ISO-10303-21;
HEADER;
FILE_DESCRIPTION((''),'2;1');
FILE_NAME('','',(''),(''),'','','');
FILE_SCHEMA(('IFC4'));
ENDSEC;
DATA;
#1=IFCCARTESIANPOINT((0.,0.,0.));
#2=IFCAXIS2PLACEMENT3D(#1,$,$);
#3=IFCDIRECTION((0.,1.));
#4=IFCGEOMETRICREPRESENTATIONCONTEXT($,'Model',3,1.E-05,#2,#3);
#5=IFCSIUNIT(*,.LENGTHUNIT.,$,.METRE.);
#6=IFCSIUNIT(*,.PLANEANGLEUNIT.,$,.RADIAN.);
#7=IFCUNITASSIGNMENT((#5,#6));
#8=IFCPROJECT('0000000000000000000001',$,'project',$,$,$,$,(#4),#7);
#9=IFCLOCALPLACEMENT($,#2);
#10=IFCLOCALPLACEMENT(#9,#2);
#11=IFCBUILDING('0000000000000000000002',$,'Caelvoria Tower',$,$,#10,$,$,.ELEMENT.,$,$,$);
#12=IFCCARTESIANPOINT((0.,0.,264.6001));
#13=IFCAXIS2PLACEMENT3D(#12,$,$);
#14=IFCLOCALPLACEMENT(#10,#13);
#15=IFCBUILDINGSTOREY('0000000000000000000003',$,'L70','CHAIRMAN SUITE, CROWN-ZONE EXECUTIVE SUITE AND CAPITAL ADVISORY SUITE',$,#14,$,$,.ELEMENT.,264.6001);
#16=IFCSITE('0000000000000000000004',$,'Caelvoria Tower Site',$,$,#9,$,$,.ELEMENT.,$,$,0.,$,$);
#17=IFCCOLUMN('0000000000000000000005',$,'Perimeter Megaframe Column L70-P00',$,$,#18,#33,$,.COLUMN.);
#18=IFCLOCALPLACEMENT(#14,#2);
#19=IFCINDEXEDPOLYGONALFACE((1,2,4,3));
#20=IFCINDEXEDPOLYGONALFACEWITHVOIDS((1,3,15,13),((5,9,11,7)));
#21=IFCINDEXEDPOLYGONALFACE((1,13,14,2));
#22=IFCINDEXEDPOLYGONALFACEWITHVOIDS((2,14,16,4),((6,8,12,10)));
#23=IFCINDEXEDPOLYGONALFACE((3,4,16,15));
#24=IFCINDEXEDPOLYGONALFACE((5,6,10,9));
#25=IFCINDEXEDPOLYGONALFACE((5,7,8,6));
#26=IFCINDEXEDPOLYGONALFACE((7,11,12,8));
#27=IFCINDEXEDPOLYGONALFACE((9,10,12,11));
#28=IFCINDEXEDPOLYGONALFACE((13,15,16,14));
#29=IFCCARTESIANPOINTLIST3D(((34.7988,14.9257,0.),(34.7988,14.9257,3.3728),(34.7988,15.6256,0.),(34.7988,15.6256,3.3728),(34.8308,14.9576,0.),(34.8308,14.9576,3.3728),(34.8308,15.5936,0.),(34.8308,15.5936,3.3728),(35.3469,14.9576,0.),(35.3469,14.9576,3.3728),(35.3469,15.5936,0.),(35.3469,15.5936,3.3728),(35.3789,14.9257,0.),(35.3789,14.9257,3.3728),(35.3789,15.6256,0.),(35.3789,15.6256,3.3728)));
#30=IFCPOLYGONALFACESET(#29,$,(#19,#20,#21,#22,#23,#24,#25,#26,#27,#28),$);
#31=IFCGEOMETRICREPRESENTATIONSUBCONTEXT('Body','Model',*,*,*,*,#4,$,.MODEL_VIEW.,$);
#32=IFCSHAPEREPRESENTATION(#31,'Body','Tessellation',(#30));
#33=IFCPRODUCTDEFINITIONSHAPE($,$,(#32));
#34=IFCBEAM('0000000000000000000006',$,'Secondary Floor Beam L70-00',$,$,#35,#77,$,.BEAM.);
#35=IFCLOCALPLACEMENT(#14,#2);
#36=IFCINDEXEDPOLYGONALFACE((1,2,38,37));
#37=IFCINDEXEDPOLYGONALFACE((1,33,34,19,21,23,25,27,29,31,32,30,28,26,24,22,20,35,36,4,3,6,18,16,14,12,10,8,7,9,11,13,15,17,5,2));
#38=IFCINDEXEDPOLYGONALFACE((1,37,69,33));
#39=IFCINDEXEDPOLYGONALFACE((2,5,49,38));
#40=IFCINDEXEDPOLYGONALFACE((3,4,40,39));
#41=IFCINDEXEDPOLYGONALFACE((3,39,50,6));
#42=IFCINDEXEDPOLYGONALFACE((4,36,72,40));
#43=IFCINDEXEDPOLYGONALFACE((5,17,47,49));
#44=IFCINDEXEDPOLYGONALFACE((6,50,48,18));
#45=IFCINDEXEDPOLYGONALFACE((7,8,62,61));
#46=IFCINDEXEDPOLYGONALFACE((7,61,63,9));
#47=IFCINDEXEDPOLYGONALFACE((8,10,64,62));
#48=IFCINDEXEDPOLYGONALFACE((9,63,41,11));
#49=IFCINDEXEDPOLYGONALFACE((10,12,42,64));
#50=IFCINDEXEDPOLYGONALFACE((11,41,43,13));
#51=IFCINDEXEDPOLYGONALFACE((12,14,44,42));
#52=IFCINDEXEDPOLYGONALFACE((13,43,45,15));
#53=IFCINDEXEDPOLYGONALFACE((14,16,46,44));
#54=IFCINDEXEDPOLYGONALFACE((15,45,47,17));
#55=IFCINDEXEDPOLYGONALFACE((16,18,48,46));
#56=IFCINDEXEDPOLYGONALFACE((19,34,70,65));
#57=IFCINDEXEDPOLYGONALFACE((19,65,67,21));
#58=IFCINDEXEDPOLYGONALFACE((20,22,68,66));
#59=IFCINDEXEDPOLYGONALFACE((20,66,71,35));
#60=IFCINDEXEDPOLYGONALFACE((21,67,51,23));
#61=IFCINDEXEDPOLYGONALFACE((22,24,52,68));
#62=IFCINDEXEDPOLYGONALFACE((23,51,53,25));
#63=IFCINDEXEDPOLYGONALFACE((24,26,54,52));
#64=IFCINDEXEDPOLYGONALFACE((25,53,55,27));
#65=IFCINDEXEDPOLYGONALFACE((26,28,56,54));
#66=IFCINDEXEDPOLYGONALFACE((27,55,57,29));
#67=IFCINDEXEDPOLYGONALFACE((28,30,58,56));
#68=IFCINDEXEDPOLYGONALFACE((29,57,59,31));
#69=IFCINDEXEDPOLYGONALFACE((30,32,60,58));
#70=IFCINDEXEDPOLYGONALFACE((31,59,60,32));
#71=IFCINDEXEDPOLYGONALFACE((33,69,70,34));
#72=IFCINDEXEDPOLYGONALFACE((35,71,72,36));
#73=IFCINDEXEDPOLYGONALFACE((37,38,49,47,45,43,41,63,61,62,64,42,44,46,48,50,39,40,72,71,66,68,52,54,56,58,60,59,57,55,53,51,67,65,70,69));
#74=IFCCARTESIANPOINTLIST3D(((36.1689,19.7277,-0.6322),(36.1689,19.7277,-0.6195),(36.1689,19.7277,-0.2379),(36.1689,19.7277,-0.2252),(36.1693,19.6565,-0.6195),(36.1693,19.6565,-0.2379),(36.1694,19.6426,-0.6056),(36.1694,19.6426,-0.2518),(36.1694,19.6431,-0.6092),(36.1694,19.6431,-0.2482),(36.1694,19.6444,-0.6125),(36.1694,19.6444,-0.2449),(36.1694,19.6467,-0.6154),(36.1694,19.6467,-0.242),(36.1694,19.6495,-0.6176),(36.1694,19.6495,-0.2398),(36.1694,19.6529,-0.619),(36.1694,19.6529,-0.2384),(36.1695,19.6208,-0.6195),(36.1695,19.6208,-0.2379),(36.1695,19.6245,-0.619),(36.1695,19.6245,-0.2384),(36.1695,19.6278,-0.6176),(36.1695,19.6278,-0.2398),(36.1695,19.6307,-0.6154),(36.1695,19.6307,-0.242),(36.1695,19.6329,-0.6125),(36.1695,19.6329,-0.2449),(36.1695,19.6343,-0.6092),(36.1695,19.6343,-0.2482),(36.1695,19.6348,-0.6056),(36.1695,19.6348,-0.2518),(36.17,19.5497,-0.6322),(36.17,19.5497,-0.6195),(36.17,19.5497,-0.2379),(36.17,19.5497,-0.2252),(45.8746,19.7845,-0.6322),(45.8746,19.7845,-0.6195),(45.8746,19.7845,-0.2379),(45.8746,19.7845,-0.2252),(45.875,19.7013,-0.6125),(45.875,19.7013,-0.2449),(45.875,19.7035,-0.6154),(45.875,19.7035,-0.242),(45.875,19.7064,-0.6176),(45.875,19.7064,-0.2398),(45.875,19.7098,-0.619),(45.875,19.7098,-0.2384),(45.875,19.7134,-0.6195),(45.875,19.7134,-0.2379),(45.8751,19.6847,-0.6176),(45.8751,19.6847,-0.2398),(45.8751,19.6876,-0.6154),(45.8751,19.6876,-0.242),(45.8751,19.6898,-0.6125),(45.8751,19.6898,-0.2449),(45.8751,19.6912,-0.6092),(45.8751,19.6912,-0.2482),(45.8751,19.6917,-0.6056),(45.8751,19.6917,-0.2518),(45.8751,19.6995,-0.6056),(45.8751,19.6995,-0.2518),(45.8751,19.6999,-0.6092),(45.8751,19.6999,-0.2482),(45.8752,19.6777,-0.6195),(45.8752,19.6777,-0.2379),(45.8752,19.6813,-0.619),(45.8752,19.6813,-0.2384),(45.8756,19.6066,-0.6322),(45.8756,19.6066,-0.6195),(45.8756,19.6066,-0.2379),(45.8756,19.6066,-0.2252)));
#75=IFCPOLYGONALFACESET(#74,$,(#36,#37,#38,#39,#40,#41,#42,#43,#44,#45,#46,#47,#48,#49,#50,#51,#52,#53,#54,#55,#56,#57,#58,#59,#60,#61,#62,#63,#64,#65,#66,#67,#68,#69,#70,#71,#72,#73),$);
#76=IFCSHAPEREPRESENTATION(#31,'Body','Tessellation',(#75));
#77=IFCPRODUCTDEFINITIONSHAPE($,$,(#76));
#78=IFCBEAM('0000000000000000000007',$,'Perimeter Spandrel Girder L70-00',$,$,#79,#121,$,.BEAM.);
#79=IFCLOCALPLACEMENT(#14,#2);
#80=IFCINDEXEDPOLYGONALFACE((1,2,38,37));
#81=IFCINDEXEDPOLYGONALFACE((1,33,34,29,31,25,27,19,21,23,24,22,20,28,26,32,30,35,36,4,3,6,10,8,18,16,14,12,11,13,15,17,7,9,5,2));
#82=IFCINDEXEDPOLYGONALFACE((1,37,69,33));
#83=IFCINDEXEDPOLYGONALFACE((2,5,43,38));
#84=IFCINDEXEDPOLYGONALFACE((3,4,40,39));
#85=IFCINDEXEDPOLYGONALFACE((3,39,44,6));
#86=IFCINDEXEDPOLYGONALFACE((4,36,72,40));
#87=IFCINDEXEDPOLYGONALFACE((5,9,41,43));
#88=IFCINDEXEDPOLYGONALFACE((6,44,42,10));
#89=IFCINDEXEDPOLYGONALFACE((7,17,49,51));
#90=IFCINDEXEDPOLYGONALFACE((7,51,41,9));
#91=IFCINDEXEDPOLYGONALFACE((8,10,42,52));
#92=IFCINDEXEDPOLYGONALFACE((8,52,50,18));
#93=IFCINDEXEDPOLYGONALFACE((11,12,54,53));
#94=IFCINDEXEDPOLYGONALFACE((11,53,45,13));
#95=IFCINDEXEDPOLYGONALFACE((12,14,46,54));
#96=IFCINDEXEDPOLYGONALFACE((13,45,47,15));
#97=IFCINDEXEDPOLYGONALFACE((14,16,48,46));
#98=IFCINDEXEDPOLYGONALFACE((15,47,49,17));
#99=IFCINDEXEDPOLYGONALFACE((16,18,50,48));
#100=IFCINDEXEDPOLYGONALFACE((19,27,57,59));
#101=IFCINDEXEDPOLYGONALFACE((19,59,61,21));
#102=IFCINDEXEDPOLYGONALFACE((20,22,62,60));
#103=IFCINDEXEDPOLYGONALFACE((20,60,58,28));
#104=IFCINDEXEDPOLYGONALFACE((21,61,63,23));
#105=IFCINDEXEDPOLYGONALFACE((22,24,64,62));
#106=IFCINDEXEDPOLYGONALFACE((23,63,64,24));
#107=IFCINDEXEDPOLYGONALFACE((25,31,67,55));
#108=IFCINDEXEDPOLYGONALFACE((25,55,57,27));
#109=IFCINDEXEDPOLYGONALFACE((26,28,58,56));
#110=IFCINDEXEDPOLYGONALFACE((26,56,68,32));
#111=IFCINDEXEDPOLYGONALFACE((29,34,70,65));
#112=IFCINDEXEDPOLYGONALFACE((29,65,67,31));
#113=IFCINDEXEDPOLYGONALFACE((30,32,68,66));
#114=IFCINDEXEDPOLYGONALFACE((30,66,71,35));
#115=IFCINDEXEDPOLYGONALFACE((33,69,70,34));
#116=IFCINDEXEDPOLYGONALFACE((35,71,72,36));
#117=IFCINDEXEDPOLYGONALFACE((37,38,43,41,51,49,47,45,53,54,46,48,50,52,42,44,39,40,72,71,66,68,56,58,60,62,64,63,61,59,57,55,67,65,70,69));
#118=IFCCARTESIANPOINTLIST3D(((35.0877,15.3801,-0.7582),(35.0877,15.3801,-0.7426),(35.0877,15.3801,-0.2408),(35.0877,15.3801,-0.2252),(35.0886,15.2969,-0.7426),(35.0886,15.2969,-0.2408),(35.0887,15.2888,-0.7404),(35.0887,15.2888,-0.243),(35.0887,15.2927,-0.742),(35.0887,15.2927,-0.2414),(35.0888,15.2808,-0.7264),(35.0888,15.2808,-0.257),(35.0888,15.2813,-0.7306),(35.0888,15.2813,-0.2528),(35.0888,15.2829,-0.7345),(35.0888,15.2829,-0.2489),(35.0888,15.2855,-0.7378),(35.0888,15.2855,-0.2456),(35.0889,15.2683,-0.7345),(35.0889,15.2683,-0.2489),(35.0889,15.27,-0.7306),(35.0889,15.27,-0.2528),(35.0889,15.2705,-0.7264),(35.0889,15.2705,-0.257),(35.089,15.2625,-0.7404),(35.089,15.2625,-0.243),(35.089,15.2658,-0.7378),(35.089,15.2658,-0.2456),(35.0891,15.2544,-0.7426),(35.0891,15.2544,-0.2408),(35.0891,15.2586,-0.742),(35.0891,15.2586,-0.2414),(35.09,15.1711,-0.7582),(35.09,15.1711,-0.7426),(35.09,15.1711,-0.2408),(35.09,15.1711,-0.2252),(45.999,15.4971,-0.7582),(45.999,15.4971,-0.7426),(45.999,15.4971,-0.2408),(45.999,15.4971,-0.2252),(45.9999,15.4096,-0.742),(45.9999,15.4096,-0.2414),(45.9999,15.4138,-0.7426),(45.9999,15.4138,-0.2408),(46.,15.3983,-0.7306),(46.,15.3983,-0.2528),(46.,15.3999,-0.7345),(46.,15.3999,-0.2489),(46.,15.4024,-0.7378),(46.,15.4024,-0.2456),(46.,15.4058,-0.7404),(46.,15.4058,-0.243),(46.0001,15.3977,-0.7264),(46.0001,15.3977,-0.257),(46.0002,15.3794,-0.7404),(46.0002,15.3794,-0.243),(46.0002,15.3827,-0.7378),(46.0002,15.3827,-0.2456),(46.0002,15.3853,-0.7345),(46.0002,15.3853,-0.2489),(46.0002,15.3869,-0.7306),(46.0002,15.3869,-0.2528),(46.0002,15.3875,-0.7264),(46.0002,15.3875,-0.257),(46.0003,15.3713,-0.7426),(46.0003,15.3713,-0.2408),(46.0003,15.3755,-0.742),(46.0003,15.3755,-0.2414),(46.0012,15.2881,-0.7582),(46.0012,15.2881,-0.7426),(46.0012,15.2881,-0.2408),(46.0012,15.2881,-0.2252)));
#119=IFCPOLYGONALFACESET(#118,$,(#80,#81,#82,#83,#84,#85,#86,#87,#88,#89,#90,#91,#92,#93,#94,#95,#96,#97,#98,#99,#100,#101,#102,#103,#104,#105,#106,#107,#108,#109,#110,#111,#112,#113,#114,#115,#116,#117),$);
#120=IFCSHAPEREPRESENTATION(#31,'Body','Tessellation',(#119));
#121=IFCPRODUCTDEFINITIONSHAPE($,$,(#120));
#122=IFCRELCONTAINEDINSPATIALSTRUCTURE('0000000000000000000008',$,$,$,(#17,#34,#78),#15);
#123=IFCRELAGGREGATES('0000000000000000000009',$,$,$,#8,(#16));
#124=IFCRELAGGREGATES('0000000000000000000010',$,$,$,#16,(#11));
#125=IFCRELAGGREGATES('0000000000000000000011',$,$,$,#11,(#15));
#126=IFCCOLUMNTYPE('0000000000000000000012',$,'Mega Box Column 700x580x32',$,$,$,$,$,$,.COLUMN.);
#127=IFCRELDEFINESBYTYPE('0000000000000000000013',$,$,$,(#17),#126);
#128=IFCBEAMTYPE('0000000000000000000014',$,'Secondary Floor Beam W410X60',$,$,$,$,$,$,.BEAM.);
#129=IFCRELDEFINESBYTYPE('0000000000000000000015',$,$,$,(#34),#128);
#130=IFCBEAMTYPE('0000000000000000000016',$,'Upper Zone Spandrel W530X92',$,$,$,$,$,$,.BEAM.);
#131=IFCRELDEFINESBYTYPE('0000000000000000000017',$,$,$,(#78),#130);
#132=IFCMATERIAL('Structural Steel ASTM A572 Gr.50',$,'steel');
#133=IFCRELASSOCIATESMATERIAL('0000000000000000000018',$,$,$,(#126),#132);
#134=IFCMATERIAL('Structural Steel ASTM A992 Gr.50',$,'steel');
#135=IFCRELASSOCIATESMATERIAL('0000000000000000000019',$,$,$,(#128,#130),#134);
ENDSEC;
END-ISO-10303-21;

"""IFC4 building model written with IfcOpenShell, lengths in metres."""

from ifc_helpers import new_model, si_unit, direction, frame, origin, origin_2d, place, context, subcontext, project, spatial, hollow_rectangle, i_section, extrude, material, material_profile, profile_set, type_object, element, save


model = new_model("IFC4")

# Units and contexts
model_context = context("Model", 3, precision=1e-05, world=origin(), true_north=direction((0.0, 1.0)))
body_context = subcontext(model_context, "Body", "Model", "MODEL_VIEW")
ifc_project = project(units=[si_unit("LENGTHUNIT", "METRE"), si_unit("PLANEANGLEUNIT", "RADIAN")], contexts=[model_context])

# Site, building, storey
site_placement = place(None, origin())
site = spatial("IfcSite", under=ifc_project, at=site_placement, Name="Caelvoria Tower Site", CompositionType="ELEMENT", RefElevation=0.0)
building_placement = place(site_placement, origin())
building = spatial("IfcBuilding", under=site, at=building_placement, Name="Caelvoria Tower", CompositionType="ELEMENT")
storey_placement = place(building_placement, frame((0.0, 0.0, 264.6001)))
storey = spatial("IfcBuildingStorey", under=building, at=storey_placement, Name="L70", Description="CHAIRMAN SUITE, CROWN-ZONE EXECUTIVE SUITE AND CAPITAL ADVISORY SUITE", CompositionType="ELEMENT", Elevation=264.6001)

# Column
ifc_material_1 = material(Name="Structural Steel ASTM A572 Gr.50", Category="steel")
ifc_material_profile_1 = material_profile(ifc_material_1, hollow_rectangle(XDim=0.5801, YDim=0.7, WallThickness=0.032, at=origin_2d()), Name="Structural Steel ASTM A572 Gr.50")
ifc_profile_set_1 = profile_set([ifc_material_profile_1], Name="BOX700X580X32 - Structural Steel ASTM A572 Gr.50")
column_type = type_object("IfcColumnType", Name="Mega Box Column 700x580x32", PredefinedType="COLUMN", material=ifc_profile_set_1)
column_placement = place(storey_placement, frame((35.0889, 15.2756, 0.0), z_axis=(0.0, 0.0, 1.0), x_axis=(1.0, 0.0, 0.0)))
element("IfcColumn", 1, at=column_placement, inside=storey, type_object=column_type, Name="Perimeter Megaframe Column L70-P00", PredefinedType="COLUMN", context=body_context, shape_type="SweptSolid", body=[
    extrude(hollow_rectangle(XDim=0.5801, YDim=0.7, WallThickness=0.032, at=origin_2d()), origin(), (0.0, 0.0, 1.0), 3.3728),
])

# Beams
ifc_material_2 = material(Name="Structural Steel ASTM A992 Gr.50", Category="steel")
ifc_material_profile_2 = material_profile(ifc_material_2, i_section(OverallWidth=0.178, OverallDepth=0.407, WebThickness=0.0078, FlangeThickness=0.0127, FilletRadius=0.0139, at=origin_2d()), Name="Structural Steel ASTM A992 Gr.50")
ifc_profile_set_2 = profile_set([ifc_material_profile_2], Name="W410X60 - Structural Steel ASTM A992 Gr.50")
beam_type_1 = type_object("IfcBeamType", Name="Secondary Floor Beam W410X60", PredefinedType="BEAM", material=ifc_profile_set_2)
beam_1_placement = place(storey_placement, frame((36.1694, 19.6387, -0.4287), z_axis=(0.999983, 0.005861, 0.0), x_axis=(-0.005861, 0.999983, 0.0)))
element("IfcBeam", 2, at=beam_1_placement, inside=storey, type_object=beam_type_1, Name="Secondary Floor Beam L70-00", PredefinedType="BEAM", context=body_context, shape_type="SweptSolid", body=[
    extrude(i_section(OverallWidth=0.178, OverallDepth=0.407, WebThickness=0.0078, FlangeThickness=0.0127, FilletRadius=0.0139, at=origin_2d()), origin(), (0.0, 0.0, 1.0), 9.7058),
])
ifc_material_profile_3 = material_profile(ifc_material_2, i_section(OverallWidth=0.209, OverallDepth=0.533, WebThickness=0.0103, FlangeThickness=0.0156, FilletRadius=0.0161, at=origin_2d()), Name="Structural Steel ASTM A992 Gr.50")
ifc_profile_set_3 = profile_set([ifc_material_profile_3], Name="W530X92 - Structural Steel ASTM A992 Gr.50")
beam_type_2 = type_object("IfcBeamType", Name="Upper Zone Spandrel W530X92", PredefinedType="BEAM", material=ifc_profile_set_3)
beam_2_placement = place(storey_placement, frame((35.0889, 15.2756, -0.4917), z_axis=(0.999943, 0.010717, 0.0), x_axis=(-0.010717, 0.999943, 0.0)))
element("IfcBeam", 3, at=beam_2_placement, inside=storey, type_object=beam_type_2, Name="Perimeter Spandrel Girder L70-00", PredefinedType="BEAM", context=body_context, shape_type="SweptSolid", body=[
    extrude(i_section(OverallWidth=0.209, OverallDepth=0.533, WebThickness=0.0103, FlangeThickness=0.0156, FilletRadius=0.0161, at=origin_2d()), origin(), (0.0, 0.0, 1.0), 10.9119),
])

save(model, "model.ifc")
